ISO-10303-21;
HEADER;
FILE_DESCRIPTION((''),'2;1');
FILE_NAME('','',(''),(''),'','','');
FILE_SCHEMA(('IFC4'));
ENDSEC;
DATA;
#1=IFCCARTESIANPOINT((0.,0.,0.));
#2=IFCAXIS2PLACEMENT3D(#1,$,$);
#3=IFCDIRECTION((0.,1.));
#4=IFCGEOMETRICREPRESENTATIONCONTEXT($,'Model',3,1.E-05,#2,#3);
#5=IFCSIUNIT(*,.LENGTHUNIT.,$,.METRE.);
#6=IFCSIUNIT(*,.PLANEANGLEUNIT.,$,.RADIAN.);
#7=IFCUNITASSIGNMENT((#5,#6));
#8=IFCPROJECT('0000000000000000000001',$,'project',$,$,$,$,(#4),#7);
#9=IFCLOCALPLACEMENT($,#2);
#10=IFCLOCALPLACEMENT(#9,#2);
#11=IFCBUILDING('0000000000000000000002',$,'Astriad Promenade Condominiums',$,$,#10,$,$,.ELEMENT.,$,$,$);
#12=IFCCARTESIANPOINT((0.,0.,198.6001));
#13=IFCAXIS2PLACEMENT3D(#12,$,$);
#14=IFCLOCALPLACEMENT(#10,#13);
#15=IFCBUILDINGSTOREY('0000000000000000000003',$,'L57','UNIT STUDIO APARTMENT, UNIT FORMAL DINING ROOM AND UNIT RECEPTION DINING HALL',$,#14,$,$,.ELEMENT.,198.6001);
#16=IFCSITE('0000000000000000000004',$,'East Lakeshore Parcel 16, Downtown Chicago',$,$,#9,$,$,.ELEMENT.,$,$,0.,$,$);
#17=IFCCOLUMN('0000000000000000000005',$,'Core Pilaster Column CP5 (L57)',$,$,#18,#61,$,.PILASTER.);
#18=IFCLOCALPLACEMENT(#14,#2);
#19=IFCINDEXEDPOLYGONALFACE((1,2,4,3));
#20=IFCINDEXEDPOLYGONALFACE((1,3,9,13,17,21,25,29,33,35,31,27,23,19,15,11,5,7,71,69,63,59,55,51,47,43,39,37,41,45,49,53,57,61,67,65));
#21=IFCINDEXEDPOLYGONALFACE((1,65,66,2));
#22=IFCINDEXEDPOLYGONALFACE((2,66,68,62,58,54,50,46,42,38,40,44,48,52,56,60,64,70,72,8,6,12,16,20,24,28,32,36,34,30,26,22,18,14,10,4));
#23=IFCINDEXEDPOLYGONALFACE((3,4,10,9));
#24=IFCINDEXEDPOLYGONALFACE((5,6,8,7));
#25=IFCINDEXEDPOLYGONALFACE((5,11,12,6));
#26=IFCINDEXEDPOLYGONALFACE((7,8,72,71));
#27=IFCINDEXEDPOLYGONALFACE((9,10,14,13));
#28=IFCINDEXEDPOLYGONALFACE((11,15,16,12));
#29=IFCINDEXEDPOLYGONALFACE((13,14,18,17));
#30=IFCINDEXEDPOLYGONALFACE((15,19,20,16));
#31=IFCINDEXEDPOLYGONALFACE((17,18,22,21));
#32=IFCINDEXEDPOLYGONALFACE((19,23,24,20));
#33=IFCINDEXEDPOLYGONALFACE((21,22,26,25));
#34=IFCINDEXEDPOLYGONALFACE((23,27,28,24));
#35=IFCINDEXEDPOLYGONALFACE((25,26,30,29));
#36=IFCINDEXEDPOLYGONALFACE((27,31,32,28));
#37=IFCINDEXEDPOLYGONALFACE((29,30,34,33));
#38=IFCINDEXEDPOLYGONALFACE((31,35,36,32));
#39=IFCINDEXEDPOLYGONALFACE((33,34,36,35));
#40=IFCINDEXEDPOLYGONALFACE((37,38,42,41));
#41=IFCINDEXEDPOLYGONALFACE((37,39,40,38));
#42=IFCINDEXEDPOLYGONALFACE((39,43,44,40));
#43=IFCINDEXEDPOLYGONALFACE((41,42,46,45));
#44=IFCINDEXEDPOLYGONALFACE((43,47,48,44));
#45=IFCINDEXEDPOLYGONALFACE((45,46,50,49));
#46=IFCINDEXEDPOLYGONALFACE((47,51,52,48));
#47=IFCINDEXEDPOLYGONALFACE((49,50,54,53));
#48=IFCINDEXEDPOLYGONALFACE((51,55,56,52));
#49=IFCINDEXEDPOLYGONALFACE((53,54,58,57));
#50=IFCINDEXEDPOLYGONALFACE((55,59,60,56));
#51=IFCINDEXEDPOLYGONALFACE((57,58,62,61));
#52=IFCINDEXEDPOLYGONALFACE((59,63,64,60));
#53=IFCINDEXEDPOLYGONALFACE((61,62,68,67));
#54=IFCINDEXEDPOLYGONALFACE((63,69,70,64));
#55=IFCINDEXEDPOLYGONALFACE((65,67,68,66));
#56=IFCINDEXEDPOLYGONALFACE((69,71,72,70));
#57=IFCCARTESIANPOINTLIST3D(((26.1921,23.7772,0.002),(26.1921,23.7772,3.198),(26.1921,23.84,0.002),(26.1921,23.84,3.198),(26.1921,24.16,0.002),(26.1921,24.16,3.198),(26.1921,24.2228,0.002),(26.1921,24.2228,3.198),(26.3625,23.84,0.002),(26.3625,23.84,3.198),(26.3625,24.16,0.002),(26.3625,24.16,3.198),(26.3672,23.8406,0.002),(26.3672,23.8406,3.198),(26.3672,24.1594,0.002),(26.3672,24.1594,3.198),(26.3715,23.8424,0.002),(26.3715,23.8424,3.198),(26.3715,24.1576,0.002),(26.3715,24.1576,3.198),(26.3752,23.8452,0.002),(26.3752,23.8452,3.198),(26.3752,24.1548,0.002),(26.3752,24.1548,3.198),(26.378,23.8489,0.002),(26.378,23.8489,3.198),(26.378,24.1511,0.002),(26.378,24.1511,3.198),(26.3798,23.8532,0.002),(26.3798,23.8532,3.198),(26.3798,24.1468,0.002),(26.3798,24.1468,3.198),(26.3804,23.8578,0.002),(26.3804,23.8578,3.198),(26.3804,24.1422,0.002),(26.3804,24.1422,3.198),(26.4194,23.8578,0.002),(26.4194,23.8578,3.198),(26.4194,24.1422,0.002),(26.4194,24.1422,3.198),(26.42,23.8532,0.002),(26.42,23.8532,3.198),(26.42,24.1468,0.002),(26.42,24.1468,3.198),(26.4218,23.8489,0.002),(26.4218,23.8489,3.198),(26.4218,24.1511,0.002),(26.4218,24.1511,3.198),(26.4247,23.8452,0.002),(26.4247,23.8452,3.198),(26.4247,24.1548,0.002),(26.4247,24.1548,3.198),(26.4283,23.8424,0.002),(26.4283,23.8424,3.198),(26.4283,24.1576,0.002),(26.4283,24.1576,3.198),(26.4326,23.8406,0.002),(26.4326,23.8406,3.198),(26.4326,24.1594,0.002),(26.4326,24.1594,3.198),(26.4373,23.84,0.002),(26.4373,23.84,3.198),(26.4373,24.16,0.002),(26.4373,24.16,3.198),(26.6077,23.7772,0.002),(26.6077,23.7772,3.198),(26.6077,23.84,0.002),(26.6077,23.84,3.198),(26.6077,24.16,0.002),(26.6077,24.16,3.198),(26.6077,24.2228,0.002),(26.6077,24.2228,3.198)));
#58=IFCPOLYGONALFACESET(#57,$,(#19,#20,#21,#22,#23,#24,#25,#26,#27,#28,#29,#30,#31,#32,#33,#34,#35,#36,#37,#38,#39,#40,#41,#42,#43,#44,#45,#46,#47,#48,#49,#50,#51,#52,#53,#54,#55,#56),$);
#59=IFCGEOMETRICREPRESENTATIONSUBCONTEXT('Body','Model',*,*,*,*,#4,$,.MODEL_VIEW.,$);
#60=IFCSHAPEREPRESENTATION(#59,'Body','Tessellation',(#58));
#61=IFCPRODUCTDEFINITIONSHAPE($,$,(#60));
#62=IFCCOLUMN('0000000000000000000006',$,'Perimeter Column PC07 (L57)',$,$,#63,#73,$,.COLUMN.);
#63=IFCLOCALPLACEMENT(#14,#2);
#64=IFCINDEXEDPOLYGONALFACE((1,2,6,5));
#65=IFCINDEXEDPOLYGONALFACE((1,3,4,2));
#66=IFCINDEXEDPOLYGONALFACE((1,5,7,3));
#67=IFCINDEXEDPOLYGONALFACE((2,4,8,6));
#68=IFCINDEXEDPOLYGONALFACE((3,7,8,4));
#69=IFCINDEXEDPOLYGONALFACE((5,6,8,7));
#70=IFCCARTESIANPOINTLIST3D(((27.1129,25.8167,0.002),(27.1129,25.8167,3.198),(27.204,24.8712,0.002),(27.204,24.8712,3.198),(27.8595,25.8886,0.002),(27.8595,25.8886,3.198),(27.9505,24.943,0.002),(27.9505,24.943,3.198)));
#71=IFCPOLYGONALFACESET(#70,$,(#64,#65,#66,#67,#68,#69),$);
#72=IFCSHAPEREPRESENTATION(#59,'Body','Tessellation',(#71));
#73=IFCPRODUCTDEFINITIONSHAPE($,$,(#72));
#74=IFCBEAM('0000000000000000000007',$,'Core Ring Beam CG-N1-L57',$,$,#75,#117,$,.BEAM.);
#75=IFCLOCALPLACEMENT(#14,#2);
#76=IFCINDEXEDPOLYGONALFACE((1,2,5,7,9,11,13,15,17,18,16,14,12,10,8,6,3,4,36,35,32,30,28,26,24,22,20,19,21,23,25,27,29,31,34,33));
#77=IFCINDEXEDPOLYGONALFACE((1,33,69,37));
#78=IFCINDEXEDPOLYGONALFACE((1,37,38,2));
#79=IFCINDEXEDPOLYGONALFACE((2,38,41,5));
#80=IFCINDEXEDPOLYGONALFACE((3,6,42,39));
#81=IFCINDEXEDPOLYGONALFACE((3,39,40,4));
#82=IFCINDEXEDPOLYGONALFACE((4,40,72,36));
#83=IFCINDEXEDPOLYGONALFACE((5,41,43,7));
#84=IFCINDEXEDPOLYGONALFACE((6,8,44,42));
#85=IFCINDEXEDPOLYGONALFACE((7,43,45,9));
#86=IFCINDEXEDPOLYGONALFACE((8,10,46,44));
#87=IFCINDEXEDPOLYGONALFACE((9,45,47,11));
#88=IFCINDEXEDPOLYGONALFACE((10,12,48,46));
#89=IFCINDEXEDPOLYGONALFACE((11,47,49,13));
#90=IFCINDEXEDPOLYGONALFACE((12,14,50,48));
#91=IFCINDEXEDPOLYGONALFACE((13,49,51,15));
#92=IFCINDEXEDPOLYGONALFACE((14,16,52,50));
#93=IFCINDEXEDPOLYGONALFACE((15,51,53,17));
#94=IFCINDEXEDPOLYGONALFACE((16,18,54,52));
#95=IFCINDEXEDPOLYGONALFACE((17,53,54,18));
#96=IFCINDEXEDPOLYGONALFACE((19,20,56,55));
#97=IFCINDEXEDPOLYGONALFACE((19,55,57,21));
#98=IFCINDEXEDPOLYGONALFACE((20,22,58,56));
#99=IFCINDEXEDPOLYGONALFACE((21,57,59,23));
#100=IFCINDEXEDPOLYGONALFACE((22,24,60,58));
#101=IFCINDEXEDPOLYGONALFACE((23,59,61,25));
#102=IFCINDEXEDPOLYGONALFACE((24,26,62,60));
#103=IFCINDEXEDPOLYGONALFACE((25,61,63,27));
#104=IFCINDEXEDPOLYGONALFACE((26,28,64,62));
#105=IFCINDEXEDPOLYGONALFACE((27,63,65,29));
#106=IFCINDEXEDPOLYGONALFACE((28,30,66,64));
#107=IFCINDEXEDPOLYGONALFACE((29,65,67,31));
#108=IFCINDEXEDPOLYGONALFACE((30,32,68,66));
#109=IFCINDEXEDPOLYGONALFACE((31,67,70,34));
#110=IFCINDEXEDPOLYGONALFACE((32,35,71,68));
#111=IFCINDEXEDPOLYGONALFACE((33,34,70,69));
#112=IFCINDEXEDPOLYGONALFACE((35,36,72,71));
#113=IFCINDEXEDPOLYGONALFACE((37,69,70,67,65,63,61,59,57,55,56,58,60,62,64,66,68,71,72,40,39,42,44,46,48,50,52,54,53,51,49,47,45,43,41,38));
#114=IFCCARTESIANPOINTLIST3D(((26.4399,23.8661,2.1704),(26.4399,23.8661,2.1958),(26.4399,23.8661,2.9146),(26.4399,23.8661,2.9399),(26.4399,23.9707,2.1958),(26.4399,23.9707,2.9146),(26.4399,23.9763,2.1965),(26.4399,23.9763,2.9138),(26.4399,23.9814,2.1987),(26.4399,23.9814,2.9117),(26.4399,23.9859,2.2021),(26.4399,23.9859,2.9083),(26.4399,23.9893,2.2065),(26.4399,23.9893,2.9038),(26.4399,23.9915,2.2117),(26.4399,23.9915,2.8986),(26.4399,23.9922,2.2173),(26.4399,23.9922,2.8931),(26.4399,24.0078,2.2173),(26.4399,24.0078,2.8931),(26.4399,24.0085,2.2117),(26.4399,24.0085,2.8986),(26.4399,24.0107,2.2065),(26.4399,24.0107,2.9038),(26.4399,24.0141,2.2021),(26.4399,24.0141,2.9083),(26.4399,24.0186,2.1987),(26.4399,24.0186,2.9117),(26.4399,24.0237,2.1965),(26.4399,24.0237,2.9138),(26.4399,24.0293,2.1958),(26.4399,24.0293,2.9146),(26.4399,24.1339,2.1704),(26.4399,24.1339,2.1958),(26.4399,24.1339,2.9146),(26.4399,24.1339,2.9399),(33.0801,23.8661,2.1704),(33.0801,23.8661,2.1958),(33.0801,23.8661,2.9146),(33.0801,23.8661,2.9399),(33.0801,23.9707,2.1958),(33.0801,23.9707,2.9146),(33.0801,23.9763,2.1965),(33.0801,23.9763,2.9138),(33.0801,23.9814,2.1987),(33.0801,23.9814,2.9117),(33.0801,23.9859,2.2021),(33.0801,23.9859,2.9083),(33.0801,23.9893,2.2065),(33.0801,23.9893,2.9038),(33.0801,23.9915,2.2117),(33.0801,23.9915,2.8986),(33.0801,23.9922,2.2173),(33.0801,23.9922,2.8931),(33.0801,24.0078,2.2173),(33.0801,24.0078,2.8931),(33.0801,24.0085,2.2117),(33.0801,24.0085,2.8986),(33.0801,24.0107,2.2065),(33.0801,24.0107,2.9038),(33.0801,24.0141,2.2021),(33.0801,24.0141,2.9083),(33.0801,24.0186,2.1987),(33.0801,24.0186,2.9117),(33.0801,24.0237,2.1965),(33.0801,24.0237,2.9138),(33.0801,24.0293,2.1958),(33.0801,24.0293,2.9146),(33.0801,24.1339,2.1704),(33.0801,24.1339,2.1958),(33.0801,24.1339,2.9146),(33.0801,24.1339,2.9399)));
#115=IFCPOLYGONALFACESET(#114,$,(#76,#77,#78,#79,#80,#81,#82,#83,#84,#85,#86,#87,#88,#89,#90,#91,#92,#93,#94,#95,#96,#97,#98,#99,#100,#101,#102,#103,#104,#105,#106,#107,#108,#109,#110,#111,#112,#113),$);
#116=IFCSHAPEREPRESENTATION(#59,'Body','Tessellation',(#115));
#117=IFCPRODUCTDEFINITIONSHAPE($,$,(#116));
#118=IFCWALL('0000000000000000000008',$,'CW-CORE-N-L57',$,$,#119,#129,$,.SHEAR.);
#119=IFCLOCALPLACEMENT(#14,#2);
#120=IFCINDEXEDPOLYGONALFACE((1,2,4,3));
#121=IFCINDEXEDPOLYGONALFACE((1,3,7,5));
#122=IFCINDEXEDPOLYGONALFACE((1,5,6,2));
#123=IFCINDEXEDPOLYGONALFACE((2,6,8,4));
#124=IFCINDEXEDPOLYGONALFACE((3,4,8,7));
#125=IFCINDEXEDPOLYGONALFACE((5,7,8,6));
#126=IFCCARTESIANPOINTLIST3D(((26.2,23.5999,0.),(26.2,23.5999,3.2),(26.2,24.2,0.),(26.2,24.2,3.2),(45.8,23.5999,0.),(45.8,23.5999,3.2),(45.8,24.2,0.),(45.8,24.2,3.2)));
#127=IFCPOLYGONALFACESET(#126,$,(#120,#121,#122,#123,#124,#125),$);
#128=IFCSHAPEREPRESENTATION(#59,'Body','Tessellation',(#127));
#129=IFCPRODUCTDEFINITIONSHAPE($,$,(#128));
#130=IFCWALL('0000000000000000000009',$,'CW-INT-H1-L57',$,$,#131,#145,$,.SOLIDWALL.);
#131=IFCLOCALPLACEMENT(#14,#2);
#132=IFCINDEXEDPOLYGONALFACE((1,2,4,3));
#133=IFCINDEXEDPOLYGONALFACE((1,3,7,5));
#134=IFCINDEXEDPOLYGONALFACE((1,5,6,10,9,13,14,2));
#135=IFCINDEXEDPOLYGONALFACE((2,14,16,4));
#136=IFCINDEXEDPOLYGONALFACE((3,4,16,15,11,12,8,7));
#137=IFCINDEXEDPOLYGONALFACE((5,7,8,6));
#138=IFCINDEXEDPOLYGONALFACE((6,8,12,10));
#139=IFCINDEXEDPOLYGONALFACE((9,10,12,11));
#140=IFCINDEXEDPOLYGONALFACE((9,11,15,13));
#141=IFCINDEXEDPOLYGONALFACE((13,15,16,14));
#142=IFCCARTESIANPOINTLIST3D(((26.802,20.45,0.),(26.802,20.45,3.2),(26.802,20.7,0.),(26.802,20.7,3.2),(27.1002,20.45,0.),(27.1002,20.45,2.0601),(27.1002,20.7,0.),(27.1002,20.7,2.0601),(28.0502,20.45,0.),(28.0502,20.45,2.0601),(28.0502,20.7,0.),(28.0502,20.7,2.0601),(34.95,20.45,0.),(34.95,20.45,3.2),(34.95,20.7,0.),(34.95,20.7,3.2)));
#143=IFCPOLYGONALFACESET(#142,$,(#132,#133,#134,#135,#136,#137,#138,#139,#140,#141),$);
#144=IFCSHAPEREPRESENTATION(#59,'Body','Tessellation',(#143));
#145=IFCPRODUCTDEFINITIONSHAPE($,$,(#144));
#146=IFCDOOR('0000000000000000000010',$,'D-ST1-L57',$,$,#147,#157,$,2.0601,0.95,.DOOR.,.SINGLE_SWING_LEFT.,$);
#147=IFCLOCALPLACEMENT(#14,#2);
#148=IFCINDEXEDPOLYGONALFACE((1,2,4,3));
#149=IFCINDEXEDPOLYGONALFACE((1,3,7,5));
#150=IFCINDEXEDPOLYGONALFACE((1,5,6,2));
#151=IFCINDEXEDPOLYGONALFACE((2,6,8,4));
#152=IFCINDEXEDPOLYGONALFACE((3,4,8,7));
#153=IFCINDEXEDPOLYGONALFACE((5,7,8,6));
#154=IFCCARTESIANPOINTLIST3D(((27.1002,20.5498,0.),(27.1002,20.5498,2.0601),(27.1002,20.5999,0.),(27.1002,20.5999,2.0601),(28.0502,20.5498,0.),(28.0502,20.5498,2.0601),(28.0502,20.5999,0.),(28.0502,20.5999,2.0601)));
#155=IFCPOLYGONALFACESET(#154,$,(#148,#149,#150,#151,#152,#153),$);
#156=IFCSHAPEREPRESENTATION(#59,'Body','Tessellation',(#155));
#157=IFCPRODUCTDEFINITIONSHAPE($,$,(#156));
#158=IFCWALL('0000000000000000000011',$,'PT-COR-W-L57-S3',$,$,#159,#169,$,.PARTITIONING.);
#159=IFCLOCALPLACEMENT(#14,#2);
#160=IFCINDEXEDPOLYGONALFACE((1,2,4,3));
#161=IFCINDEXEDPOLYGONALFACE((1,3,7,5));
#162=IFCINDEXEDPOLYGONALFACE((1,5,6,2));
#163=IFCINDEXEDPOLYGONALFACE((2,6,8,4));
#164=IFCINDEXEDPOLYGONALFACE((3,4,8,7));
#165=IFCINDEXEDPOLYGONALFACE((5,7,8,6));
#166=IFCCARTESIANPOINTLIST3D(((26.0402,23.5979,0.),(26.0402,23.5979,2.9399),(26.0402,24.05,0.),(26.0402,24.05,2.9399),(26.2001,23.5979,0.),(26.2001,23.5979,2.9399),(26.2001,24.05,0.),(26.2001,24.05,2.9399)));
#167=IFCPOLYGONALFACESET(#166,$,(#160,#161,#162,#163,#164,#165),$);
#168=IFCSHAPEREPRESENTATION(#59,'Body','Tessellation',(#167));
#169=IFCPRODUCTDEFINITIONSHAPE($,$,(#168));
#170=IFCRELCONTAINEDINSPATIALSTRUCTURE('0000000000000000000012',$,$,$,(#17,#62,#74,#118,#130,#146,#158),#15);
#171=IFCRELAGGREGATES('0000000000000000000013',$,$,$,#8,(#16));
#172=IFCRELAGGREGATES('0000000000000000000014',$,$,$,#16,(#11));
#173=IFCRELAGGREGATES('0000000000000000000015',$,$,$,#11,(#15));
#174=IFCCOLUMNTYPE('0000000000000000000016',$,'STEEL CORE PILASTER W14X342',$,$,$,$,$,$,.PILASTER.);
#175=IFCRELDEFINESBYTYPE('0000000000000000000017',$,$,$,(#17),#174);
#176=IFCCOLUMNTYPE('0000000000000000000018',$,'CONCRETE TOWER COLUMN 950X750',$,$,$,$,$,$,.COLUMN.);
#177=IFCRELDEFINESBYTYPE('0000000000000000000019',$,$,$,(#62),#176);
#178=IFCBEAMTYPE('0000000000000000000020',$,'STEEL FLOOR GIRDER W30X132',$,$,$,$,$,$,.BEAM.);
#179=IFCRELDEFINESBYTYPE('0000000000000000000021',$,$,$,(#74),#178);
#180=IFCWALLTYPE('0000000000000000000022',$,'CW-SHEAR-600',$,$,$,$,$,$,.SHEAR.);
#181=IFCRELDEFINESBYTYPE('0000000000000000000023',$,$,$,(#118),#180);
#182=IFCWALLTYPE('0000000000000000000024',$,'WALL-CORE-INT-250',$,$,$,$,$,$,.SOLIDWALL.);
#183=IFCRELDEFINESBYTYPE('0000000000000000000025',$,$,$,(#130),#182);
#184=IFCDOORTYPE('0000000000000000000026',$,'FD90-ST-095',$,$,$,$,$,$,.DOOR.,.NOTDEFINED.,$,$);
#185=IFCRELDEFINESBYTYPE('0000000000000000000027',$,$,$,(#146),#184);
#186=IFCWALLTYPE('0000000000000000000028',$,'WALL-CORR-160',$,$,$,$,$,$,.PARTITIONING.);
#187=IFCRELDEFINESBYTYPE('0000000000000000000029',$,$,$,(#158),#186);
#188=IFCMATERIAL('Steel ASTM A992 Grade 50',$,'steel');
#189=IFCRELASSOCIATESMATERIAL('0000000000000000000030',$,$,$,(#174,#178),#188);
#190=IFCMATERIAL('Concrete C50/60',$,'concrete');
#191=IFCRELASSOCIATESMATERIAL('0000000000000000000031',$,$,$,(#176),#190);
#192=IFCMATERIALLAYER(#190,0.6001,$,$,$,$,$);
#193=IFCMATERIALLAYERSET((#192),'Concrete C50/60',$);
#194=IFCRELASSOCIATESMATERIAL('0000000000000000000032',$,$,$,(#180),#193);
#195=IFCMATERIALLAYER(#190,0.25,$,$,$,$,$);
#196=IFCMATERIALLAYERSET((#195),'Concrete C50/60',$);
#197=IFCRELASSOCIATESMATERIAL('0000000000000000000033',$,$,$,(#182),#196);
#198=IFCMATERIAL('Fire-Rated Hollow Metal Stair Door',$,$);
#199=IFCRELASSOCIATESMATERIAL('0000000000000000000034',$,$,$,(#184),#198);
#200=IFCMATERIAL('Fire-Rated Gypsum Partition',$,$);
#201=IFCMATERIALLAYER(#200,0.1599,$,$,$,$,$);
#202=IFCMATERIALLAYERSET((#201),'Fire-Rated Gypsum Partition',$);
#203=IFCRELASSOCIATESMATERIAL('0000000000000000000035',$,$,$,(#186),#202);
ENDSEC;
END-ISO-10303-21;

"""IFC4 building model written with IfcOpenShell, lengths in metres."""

from ifc_helpers import new_model, si_unit, direction, frame, frame_2d, origin, origin_2d, place, context, subcontext, project, spatial, rectangle, i_section, extrude, source, transform, mapped, material, layer, layer_set, material_profile, profile_set, type_object, type_shapes, element, fill, save


model = new_model("IFC4")

# Units and contexts
model_context = context("Model", 3, precision=1e-05, world=origin(), true_north=direction((0.0, 1.0)))
body_context = subcontext(model_context, "Body", "Model", "MODEL_VIEW")
ifc_project = project(units=[si_unit("LENGTHUNIT", "METRE"), si_unit("PLANEANGLEUNIT", "RADIAN")], contexts=[model_context])

# Site, building, storey
site_placement = place(None, origin())
site = spatial("IfcSite", under=ifc_project, at=site_placement, Name="East Lakeshore Parcel 16, Downtown Chicago", CompositionType="ELEMENT", RefElevation=0.0)
building_placement = place(site_placement, origin())
building = spatial("IfcBuilding", under=site, at=building_placement, Name="Astriad Promenade Condominiums", CompositionType="ELEMENT")
storey_placement = place(building_placement, frame((0.0, 0.0, 198.6001)))
storey = spatial("IfcBuildingStorey", under=building, at=storey_placement, Name="L57", Description="UNIT STUDIO APARTMENT, UNIT FORMAL DINING ROOM AND UNIT RECEPTION DINING HALL", CompositionType="ELEMENT", Elevation=198.6001)

# Columns
ifc_material_1 = material(Name="Steel ASTM A992 Grade 50", Category="steel")
ifc_material_profile_1 = material_profile(ifc_material_1, i_section(OverallWidth=0.4155, OverallDepth=0.4456, WebThickness=0.0391, FlangeThickness=0.0627, FilletRadius=0.0178, at=origin_2d()), Name="W14X342")
ifc_profile_set_1 = profile_set([ifc_material_profile_1], Name="Steel ASTM A992 Grade 50")
column_type_1 = type_object("IfcColumnType", Name="STEEL CORE PILASTER W14X342", PredefinedType="PILASTER", material=ifc_profile_set_1)
shared_shape_1 = source(origin(), body_context, "Body", "SweptSolid", [
    extrude(i_section(OverallWidth=0.4155, OverallDepth=0.4456, WebThickness=0.0391, FlangeThickness=0.0627, FilletRadius=0.0178, at=origin_2d()), origin(), (0.0, 0.0, 1.0), 3.196),
])
type_shapes(column_type_1, [shared_shape_1])
column_1_placement = place(storey_placement, frame((26.3999, 24.0, 0.002), z_axis=(0.0, 0.0, 1.0), x_axis=(1.0, 0.0, 0.0)))
element("IfcColumn", 1, at=column_1_placement, inside=storey, type_object=column_type_1, Name="Core Pilaster Column CP5 (L57)", PredefinedType="PILASTER", context=body_context, shape_type="MappedRepresentation", body=[
    mapped(shared_shape_1, transform((0.0, 0.0, 0.0), scale=1.0)),
])
ifc_material_2 = material(Name="Concrete C50/60", Category="concrete")
ifc_material_profile_2 = material_profile(ifc_material_2, rectangle(XDim=0.75, YDim=0.95, at=origin_2d()), Name="RC-COL-950X750")
ifc_profile_set_2 = profile_set([ifc_material_profile_2], Name="Concrete C50/60")
column_type_2 = type_object("IfcColumnType", Name="CONCRETE TOWER COLUMN 950X750", PredefinedType="COLUMN", material=ifc_profile_set_2)
shared_shape_2 = source(origin(), body_context, "Body", "SweptSolid", [
    extrude(rectangle(XDim=0.75, YDim=0.95, at=origin_2d()), origin(), (0.0, 0.0, 1.0), 3.196),
])
type_shapes(column_type_2, [shared_shape_2])
column_2_placement = place(storey_placement, frame((27.5317, 25.3799, 0.002), z_axis=(0.0, 0.0, 1.0), x_axis=(0.995396, 0.095846, 0.0)))
element("IfcColumn", 2, at=column_2_placement, inside=storey, type_object=column_type_2, Name="Perimeter Column PC07 (L57)", PredefinedType="COLUMN", context=body_context, shape_type="MappedRepresentation", body=[
    mapped(shared_shape_2, transform((0.0, 0.0, 0.0), scale=1.0)),
])

# Beam
ifc_material_profile_3 = material_profile(ifc_material_1, i_section(OverallWidth=0.2678, OverallDepth=0.7695, WebThickness=0.0156, FlangeThickness=0.0254, FilletRadius=0.0215, at=origin_2d()), Name="W30X132")
ifc_profile_set_3 = profile_set([ifc_material_profile_3], Name="Steel ASTM A992 Grade 50")
beam_type = type_object("IfcBeamType", Name="STEEL FLOOR GIRDER W30X132", PredefinedType="BEAM", material=ifc_profile_set_3)
shared_shape_3 = source(origin(), body_context, "Body", "SweptSolid", [
    extrude(i_section(OverallWidth=0.2678, OverallDepth=0.7695, WebThickness=0.0156, FlangeThickness=0.0254, FilletRadius=0.0215, at=origin_2d()), origin(), (0.0, 0.0, 1.0), 6.6401),
])
type_shapes(beam_type, [shared_shape_3])
beam_placement = place(storey_placement, frame((26.4399, 24.0, 2.5552), z_axis=(1.0, 0.0, 0.0), x_axis=(0.0, 1.0, 0.0)))
element("IfcBeam", 3, at=beam_placement, inside=storey, type_object=beam_type, Name="Core Ring Beam CG-N1-L57", PredefinedType="BEAM", context=body_context, shape_type="MappedRepresentation", body=[
    mapped(shared_shape_3, transform((0.0, 0.0, 0.0), scale=1.0)),
])

# Wall
ifc_layer_1 = layer(ifc_material_2, 0.6001)
ifc_layer_set_1 = layer_set([ifc_layer_1], Name="Concrete C50/60")
wall_type_1 = type_object("IfcWallType", Name="CW-SHEAR-600", PredefinedType="SHEAR", material=ifc_layer_set_1)
wall_1_placement = place(storey_placement, frame((26.2, 23.8999, 0.0), z_axis=(0.0, 0.0, 1.0), x_axis=(1.0, 0.0, 0.0)))
element("IfcWall", 4, at=wall_1_placement, inside=storey, type_object=wall_type_1, Name="CW-CORE-N-L57", PredefinedType="SHEAR", context=body_context, shape_type="SweptSolid", body=[
    extrude(rectangle(XDim=19.6001, YDim=0.6001, at=frame_2d((9.8, 0.0))), origin(), (0.0, 0.0, 1.0), 3.2),
])

# Wall, opening, door
ifc_layer_2 = layer(ifc_material_2, 0.25)
ifc_layer_set_2 = layer_set([ifc_layer_2], Name="Concrete C50/60")
wall_type_2 = type_object("IfcWallType", Name="WALL-CORE-INT-250", PredefinedType="SOLIDWALL", material=ifc_layer_set_2)
wall_2_placement = place(storey_placement, frame((26.802, 20.575, 0.0), z_axis=(0.0, 0.0, 1.0), x_axis=(1.0, 0.0, 0.0)))
wall_2 = element("IfcWall", 5, at=wall_2_placement, inside=storey, type_object=wall_type_2, Name="CW-INT-H1-L57", PredefinedType="SOLIDWALL", context=body_context, shape_type="SweptSolid", body=[
    extrude(rectangle(XDim=8.1479, YDim=0.25, at=frame_2d((4.074, 0.0))), origin(), (0.0, 0.0, 1.0), 3.2),
])
opening_placement = place(wall_2_placement, frame((0.2981, 0.0, 0.0)))
opening = element("IfcOpeningElement", 6, at=opening_placement, cuts=wall_2, PredefinedType="OPENING", context=body_context, shape_type="SweptSolid", body=[
    extrude(rectangle(XDim=0.95, YDim=2.0601, at=frame_2d((0.4751, 1.03))), frame((0.0, 0.135, 0.0), z_axis=(0.0, -1.0, 0.0), x_axis=(1.0, 0.0, 0.0)), (0.0, 0.0, 1.0), 0.27),
])
ifc_material_3 = material(Name="Fire-Rated Hollow Metal Stair Door")
door_type = type_object("IfcDoorType", Name="FD90-ST-095", OperationType="NOTDEFINED", PredefinedType="DOOR", material=ifc_material_3)
shared_shape_4 = source(origin(), body_context, "Body", "SweptSolid", [
    extrude(rectangle(XDim=0.95, YDim=2.0601, at=frame_2d((0.4751, 1.03))), frame((0.0, 0.0249, 0.0), z_axis=(0.0, -1.0, 0.0), x_axis=(1.0, 0.0, 0.0)), (0.0, 0.0, 1.0), 0.05),
])
type_shapes(door_type, [shared_shape_4])
door_placement = place(opening_placement, origin())
door = element("IfcDoor", 7, at=door_placement, inside=storey, type_object=door_type, Name="D-ST1-L57", OperationType="SINGLE_SWING_LEFT", OverallHeight=2.0601, OverallWidth=0.95, PredefinedType="DOOR", context=body_context, shape_type="MappedRepresentation", body=[
    mapped(shared_shape_4, transform((0.0, 0.0, 0.0), scale=1.0)),
])
fill(opening, door)

# Wall
ifc_material_4 = material(Name="Fire-Rated Gypsum Partition")
ifc_layer_3 = layer(ifc_material_4, 0.1599)
ifc_layer_set_3 = layer_set([ifc_layer_3], Name="Fire-Rated Gypsum Partition")
wall_type_3 = type_object("IfcWallType", Name="WALL-CORR-160", PredefinedType="PARTITIONING", material=ifc_layer_set_3)
wall_3_placement = place(storey_placement, frame((26.1201, 23.5979, 0.0), z_axis=(0.0, 0.0, 1.0), x_axis=(0.0, 1.0, 0.0)))
element("IfcWall", 8, at=wall_3_placement, inside=storey, type_object=wall_type_3, Name="PT-COR-W-L57-S3", PredefinedType="PARTITIONING", context=body_context, shape_type="SweptSolid", body=[
    extrude(rectangle(XDim=0.4521, YDim=0.1599, at=frame_2d((0.2261, 0.0))), origin(), (0.0, 0.0, 1.0), 2.9399),
])

save(model, "model.ifc")
